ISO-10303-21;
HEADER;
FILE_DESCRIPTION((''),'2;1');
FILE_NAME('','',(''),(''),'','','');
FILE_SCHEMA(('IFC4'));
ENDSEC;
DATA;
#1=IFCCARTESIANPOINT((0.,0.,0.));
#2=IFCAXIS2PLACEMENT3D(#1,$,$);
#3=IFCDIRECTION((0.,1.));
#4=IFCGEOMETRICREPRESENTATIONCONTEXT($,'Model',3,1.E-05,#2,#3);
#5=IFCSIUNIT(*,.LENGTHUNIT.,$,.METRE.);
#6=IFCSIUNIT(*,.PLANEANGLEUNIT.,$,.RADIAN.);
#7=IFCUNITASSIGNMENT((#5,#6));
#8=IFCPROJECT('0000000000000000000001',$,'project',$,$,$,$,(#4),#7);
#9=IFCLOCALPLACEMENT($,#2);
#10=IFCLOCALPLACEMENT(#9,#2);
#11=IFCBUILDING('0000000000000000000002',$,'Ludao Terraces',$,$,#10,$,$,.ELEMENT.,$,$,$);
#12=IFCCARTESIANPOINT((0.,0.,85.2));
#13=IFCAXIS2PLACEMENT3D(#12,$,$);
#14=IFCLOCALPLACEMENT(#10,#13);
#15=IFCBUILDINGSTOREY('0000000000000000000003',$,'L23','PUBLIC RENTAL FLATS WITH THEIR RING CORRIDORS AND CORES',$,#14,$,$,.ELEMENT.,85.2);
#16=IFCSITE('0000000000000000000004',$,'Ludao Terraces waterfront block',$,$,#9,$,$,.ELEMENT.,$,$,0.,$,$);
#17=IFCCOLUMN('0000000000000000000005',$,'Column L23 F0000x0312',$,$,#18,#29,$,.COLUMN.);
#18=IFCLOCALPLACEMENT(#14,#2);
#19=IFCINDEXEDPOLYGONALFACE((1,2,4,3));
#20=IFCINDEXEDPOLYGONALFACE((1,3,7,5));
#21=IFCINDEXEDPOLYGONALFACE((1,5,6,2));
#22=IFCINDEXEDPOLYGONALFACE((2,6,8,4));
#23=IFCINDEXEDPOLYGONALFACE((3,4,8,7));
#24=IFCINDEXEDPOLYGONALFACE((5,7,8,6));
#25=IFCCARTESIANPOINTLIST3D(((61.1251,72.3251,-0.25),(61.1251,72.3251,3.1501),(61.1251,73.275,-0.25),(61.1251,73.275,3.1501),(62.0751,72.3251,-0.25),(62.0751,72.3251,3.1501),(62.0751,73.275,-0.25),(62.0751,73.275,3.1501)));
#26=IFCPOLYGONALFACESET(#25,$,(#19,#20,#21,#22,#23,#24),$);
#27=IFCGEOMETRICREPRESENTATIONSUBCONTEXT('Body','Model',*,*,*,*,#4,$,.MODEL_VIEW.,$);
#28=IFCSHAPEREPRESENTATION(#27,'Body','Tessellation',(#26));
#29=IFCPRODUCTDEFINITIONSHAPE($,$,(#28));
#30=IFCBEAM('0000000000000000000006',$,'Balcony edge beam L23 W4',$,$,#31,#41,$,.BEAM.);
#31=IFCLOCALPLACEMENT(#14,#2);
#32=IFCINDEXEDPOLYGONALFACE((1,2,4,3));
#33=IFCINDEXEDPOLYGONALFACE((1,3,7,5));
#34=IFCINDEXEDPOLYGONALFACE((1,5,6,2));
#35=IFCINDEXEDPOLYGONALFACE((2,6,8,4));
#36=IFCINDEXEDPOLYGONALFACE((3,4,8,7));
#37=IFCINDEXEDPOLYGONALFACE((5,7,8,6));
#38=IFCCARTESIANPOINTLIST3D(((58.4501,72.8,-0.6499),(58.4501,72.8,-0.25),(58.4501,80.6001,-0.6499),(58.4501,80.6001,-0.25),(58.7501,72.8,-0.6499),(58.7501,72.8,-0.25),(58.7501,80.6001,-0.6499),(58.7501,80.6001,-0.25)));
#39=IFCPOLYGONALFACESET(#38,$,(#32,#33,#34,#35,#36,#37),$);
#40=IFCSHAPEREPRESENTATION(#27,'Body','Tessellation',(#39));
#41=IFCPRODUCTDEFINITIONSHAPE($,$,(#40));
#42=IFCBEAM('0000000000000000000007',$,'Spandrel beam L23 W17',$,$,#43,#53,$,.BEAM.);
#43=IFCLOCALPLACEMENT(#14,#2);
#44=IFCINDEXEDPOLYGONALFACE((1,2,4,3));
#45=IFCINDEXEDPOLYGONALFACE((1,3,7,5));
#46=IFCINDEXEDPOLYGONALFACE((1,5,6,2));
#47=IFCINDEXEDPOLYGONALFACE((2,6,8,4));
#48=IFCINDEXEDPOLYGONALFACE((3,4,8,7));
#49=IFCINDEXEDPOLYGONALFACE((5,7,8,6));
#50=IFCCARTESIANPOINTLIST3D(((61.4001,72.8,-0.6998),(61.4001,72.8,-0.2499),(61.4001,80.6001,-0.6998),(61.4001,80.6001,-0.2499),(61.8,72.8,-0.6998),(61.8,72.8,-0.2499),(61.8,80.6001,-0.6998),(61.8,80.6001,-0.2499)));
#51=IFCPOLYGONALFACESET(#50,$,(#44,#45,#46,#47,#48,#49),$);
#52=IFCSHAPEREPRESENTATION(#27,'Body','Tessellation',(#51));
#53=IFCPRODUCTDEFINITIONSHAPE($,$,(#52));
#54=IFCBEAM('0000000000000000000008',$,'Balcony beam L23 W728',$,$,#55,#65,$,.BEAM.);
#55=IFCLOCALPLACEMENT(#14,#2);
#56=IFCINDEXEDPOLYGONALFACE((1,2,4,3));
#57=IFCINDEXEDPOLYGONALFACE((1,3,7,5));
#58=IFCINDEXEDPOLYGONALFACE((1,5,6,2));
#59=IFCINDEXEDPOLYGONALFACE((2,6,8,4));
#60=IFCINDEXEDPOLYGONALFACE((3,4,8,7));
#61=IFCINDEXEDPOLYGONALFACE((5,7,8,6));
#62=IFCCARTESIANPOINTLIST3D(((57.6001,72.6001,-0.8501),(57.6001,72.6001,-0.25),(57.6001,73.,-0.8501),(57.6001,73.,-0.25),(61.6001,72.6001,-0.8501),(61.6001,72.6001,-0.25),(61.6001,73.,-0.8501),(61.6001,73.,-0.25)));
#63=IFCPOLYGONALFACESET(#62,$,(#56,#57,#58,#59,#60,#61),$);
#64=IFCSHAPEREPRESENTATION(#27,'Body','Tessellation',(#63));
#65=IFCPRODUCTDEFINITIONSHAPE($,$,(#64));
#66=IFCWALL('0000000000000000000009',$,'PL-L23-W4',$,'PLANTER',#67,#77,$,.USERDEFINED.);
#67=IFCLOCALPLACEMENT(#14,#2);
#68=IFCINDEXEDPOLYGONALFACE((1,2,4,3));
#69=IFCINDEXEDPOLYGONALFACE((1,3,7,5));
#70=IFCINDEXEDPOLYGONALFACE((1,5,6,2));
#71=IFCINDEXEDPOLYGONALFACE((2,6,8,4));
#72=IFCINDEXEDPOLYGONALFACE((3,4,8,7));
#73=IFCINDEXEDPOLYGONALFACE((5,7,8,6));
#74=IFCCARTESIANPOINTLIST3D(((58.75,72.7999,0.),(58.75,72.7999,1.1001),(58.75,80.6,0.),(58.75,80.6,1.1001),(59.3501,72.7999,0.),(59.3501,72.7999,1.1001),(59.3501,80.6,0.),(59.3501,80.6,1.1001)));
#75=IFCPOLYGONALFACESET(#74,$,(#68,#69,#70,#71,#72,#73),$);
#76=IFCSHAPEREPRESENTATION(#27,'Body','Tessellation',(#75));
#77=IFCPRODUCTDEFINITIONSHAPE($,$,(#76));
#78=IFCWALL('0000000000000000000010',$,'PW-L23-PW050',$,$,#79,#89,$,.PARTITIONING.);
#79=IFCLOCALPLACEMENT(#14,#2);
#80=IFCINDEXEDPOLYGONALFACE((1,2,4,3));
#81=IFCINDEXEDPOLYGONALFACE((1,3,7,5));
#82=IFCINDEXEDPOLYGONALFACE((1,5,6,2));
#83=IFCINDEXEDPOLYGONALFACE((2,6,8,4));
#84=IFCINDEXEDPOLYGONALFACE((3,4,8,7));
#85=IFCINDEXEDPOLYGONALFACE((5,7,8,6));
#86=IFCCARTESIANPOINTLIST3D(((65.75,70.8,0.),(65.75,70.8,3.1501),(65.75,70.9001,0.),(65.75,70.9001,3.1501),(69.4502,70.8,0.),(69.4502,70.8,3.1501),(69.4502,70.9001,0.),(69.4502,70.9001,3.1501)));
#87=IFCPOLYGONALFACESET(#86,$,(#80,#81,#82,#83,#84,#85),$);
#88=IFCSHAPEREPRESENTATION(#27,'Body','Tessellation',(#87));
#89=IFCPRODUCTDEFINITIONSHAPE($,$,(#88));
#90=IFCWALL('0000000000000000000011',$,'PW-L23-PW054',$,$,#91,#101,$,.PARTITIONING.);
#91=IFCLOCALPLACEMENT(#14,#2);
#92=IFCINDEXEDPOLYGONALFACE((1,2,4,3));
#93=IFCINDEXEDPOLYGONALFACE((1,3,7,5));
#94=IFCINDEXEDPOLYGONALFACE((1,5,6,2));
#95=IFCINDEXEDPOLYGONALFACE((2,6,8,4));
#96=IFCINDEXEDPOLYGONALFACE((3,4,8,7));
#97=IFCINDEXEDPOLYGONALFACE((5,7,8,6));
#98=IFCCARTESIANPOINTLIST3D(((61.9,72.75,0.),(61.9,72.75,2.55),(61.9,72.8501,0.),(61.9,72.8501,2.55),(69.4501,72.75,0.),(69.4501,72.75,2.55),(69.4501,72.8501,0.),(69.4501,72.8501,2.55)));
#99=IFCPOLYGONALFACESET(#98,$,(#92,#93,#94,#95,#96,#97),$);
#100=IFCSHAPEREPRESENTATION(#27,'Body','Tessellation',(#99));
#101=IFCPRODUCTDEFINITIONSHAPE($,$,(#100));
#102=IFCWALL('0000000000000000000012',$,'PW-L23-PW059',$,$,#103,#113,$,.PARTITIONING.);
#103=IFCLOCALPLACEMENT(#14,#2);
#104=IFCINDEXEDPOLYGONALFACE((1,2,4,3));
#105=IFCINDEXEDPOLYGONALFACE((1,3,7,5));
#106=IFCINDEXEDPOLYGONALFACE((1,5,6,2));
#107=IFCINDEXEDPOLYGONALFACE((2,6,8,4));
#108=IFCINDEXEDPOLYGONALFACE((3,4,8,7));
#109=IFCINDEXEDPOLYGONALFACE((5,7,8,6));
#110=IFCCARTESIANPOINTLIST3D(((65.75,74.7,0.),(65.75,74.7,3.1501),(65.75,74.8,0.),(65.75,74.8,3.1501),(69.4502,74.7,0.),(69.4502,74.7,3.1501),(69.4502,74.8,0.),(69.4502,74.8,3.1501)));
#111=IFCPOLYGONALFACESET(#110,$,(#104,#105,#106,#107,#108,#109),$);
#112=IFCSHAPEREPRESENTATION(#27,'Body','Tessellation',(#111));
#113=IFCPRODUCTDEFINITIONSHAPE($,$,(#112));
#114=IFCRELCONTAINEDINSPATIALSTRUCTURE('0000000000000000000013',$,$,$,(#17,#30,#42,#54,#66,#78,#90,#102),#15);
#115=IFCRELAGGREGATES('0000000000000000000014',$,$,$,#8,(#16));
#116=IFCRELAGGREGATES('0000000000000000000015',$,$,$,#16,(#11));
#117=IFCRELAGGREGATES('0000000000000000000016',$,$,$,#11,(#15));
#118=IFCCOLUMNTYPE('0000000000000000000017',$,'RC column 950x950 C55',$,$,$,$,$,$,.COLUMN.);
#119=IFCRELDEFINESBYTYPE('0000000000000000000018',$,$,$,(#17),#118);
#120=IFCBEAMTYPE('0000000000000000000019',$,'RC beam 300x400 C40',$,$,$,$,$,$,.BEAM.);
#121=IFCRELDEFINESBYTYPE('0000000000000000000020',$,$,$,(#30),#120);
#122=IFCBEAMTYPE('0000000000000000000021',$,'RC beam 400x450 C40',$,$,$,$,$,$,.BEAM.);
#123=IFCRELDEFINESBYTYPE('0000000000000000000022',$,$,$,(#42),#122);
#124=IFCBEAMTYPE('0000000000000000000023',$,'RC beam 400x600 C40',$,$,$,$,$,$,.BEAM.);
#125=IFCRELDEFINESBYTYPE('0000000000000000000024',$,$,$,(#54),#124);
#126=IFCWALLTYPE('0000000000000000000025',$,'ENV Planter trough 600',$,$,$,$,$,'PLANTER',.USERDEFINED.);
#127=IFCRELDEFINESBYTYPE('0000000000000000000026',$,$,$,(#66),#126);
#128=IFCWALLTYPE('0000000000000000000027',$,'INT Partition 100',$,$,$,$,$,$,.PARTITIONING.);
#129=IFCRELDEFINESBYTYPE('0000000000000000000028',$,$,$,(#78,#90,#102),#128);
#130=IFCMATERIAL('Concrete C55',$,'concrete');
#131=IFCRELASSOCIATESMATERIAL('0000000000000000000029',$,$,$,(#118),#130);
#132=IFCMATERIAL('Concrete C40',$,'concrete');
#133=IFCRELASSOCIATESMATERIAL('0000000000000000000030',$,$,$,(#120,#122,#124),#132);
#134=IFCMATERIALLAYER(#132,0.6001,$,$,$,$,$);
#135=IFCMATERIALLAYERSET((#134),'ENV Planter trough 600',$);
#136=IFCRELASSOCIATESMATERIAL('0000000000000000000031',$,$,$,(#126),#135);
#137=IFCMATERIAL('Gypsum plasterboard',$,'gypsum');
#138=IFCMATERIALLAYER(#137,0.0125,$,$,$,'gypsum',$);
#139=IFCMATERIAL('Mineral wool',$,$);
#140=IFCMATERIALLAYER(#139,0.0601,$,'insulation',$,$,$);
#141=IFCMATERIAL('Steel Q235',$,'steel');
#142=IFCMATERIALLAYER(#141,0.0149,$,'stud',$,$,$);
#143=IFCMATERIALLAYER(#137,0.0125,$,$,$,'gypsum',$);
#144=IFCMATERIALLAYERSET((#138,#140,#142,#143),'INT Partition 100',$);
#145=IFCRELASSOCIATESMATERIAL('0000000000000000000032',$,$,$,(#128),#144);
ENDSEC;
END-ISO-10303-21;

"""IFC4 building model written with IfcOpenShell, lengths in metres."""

from ifc_helpers import new_model, si_unit, direction, frame, frame_2d, origin, origin_2d, place, context, subcontext, project, spatial, rectangle, extrude, material, layer, layer_set, material_profile, profile_set, type_object, element, save


model = new_model("IFC4")

# Units and contexts
model_context = context("Model", 3, precision=1e-05, world=origin(), true_north=direction((0.0, 1.0)))
body_context = subcontext(model_context, "Body", "Model", "MODEL_VIEW")
ifc_project = project(units=[si_unit("LENGTHUNIT", "METRE"), si_unit("PLANEANGLEUNIT", "RADIAN")], contexts=[model_context])

# Site, building, storey
site_placement = place(None, origin())
site = spatial("IfcSite", under=ifc_project, at=site_placement, Name="Ludao Terraces waterfront block", CompositionType="ELEMENT", RefElevation=0.0)
building_placement = place(site_placement, origin())
building = spatial("IfcBuilding", under=site, at=building_placement, Name="Ludao Terraces", CompositionType="ELEMENT")
storey_placement = place(building_placement, frame((0.0, 0.0, 85.2)))
storey = spatial("IfcBuildingStorey", under=building, at=storey_placement, Name="L23", Description="PUBLIC RENTAL FLATS WITH THEIR RING CORRIDORS AND CORES", CompositionType="ELEMENT", Elevation=85.2)

# Column
ifc_material_1 = material(Name="Concrete C55", Category="concrete")
ifc_material_profile_1 = material_profile(ifc_material_1, rectangle(XDim=0.95, YDim=0.95, at=origin_2d()), Name="950 X 950")
ifc_profile_set_1 = profile_set([ifc_material_profile_1], Name="Concrete C55")
column_type = type_object("IfcColumnType", Name="RC column 950x950 C55", PredefinedType="COLUMN", material=ifc_profile_set_1)
column_placement = place(storey_placement, frame((61.6001, 72.8, -0.25), z_axis=(0.0, 0.0, 1.0), x_axis=(1.0, 0.0, 0.0)))
element("IfcColumn", 1, at=column_placement, inside=storey, type_object=column_type, Name="Column L23 F0000x0312", PredefinedType="COLUMN", context=body_context, shape_type="SweptSolid", body=[
    extrude(rectangle(XDim=0.95, YDim=0.95, at=origin_2d()), origin(), (0.0, 0.0, 1.0), 3.4001),
])

# Beams
ifc_material_2 = material(Name="Concrete C40", Category="concrete")
ifc_material_profile_2 = material_profile(ifc_material_2, rectangle(XDim=0.3, YDim=0.3999, at=origin_2d()), Name="300 X 400")
ifc_profile_set_2 = profile_set([ifc_material_profile_2], Name="Concrete C40")
beam_type_1 = type_object("IfcBeamType", Name="RC beam 300x400 C40", PredefinedType="BEAM", material=ifc_profile_set_2)
beam_1_placement = place(storey_placement, frame((58.6001, 72.8, -0.45), z_axis=(0.0, 1.0, 0.0), x_axis=(-1.0, 0.0, 0.0)))
element("IfcBeam", 2, at=beam_1_placement, inside=storey, type_object=beam_type_1, Name="Balcony edge beam L23 W4", PredefinedType="BEAM", context=body_context, shape_type="SweptSolid", body=[
    extrude(rectangle(XDim=0.3, YDim=0.3999, at=origin_2d()), origin(), (0.0, 0.0, 1.0), 7.8),
])
ifc_material_profile_3 = material_profile(ifc_material_2, rectangle(XDim=0.3999, YDim=0.45, at=origin_2d()), Name="400 X 450")
ifc_profile_set_3 = profile_set([ifc_material_profile_3], Name="Concrete C40")
beam_type_2 = type_object("IfcBeamType", Name="RC beam 400x450 C40", PredefinedType="BEAM", material=ifc_profile_set_3)
beam_2_placement = place(storey_placement, frame((61.6001, 72.8, -0.4749), z_axis=(0.0, 1.0, 0.0), x_axis=(-1.0, 0.0, 0.0)))
element("IfcBeam", 3, at=beam_2_placement, inside=storey, type_object=beam_type_2, Name="Spandrel beam L23 W17", PredefinedType="BEAM", context=body_context, shape_type="SweptSolid", body=[
    extrude(rectangle(XDim=0.3999, YDim=0.45, at=origin_2d()), origin(), (0.0, 0.0, 1.0), 7.8),
])
ifc_material_profile_4 = material_profile(ifc_material_2, rectangle(XDim=0.3999, YDim=0.6001, at=origin_2d()), Name="400 X 600")
ifc_profile_set_4 = profile_set([ifc_material_profile_4], Name="Concrete C40")
beam_type_3 = type_object("IfcBeamType", Name="RC beam 400x600 C40", PredefinedType="BEAM", material=ifc_profile_set_4)
beam_3_placement = place(storey_placement, frame((61.6001, 72.8, -0.55), z_axis=(-1.0, 0.0, 0.0), x_axis=(0.0, -1.0, 0.0)))
element("IfcBeam", 4, at=beam_3_placement, inside=storey, type_object=beam_type_3, Name="Balcony beam L23 W728", PredefinedType="BEAM", context=body_context, shape_type="SweptSolid", body=[
    extrude(rectangle(XDim=0.3999, YDim=0.6001, at=origin_2d()), origin(), (0.0, 0.0, 1.0), 4.0),
])

# Wall
ifc_layer_1 = layer(ifc_material_2, 0.6001)
ifc_layer_set_1 = layer_set([ifc_layer_1], Name="ENV Planter trough 600")
wall_type_1 = type_object("IfcWallType", Name="ENV Planter trough 600", ElementType="PLANTER", PredefinedType="USERDEFINED", material=ifc_layer_set_1)
wall_1_placement = place(storey_placement, frame((59.05, 72.8, 0.0), z_axis=(0.0, 0.0, 1.0), x_axis=(0.0, 1.0, 0.0)))
element("IfcWall", 5, at=wall_1_placement, inside=storey, type_object=wall_type_1, Name="PL-L23-W4", ObjectType="PLANTER", PredefinedType="USERDEFINED", context=body_context, shape_type="SweptSolid", body=[
    extrude(rectangle(XDim=7.8, YDim=0.6001, at=frame_2d((3.8999, 0.0))), origin(), (0.0, 0.0, 1.0), 1.1001),
])

# Shared definitions
ifc_material_3 = material(Name="Mineral wool")

# Walls
ifc_material_4 = material(Name="Gypsum plasterboard", Category="gypsum")
ifc_layer_2 = layer(ifc_material_4, 0.0125, Category="gypsum")
ifc_layer_3 = layer(ifc_material_3, 0.0601, Name="insulation")
ifc_material_5 = material(Name="Steel Q235", Category="steel")
ifc_layer_4 = layer(ifc_material_5, 0.0149, Name="stud")
ifc_layer_5 = layer(ifc_material_4, 0.0125, Category="gypsum")
ifc_layer_set_2 = layer_set([ifc_layer_2, ifc_layer_3, ifc_layer_4, ifc_layer_5], Name="INT Partition 100")
wall_type_2 = type_object("IfcWallType", Name="INT Partition 100", PredefinedType="PARTITIONING", material=ifc_layer_set_2)
wall_2_placement = place(storey_placement, frame((65.75, 70.8501, 0.0), z_axis=(0.0, 0.0, 1.0), x_axis=(1.0, 0.0, 0.0)))
element("IfcWall", 6, at=wall_2_placement, inside=storey, type_object=wall_type_2, Name="PW-L23-PW050", PredefinedType="PARTITIONING", context=body_context, shape_type="SweptSolid", body=[
    extrude(rectangle(XDim=3.7002, YDim=0.1001, at=frame_2d((1.8501, 0.0))), origin(), (0.0, 0.0, 1.0), 3.1501),
])
wall_3_placement = place(storey_placement, frame((61.9001, 72.8, 0.0), z_axis=(0.0, 0.0, 1.0), x_axis=(1.0, 0.0, 0.0)))
element("IfcWall", 7, at=wall_3_placement, inside=storey, type_object=wall_type_2, Name="PW-L23-PW054", PredefinedType="PARTITIONING", context=body_context, shape_type="SweptSolid", body=[
    extrude(rectangle(XDim=7.55, YDim=0.1001, at=frame_2d((3.7749, 0.0))), origin(), (0.0, 0.0, 1.0), 2.55),
])
wall_4_placement = place(storey_placement, frame((65.75, 74.75, 0.0), z_axis=(0.0, 0.0, 1.0), x_axis=(1.0, 0.0, 0.0)))
element("IfcWall", 8, at=wall_4_placement, inside=storey, type_object=wall_type_2, Name="PW-L23-PW059", PredefinedType="PARTITIONING", context=body_context, shape_type="SweptSolid", body=[
    extrude(rectangle(XDim=3.7002, YDim=0.1001, at=frame_2d((1.8501, 0.0))), origin(), (0.0, 0.0, 1.0), 3.1501),
])

save(model, "model.ifc")
